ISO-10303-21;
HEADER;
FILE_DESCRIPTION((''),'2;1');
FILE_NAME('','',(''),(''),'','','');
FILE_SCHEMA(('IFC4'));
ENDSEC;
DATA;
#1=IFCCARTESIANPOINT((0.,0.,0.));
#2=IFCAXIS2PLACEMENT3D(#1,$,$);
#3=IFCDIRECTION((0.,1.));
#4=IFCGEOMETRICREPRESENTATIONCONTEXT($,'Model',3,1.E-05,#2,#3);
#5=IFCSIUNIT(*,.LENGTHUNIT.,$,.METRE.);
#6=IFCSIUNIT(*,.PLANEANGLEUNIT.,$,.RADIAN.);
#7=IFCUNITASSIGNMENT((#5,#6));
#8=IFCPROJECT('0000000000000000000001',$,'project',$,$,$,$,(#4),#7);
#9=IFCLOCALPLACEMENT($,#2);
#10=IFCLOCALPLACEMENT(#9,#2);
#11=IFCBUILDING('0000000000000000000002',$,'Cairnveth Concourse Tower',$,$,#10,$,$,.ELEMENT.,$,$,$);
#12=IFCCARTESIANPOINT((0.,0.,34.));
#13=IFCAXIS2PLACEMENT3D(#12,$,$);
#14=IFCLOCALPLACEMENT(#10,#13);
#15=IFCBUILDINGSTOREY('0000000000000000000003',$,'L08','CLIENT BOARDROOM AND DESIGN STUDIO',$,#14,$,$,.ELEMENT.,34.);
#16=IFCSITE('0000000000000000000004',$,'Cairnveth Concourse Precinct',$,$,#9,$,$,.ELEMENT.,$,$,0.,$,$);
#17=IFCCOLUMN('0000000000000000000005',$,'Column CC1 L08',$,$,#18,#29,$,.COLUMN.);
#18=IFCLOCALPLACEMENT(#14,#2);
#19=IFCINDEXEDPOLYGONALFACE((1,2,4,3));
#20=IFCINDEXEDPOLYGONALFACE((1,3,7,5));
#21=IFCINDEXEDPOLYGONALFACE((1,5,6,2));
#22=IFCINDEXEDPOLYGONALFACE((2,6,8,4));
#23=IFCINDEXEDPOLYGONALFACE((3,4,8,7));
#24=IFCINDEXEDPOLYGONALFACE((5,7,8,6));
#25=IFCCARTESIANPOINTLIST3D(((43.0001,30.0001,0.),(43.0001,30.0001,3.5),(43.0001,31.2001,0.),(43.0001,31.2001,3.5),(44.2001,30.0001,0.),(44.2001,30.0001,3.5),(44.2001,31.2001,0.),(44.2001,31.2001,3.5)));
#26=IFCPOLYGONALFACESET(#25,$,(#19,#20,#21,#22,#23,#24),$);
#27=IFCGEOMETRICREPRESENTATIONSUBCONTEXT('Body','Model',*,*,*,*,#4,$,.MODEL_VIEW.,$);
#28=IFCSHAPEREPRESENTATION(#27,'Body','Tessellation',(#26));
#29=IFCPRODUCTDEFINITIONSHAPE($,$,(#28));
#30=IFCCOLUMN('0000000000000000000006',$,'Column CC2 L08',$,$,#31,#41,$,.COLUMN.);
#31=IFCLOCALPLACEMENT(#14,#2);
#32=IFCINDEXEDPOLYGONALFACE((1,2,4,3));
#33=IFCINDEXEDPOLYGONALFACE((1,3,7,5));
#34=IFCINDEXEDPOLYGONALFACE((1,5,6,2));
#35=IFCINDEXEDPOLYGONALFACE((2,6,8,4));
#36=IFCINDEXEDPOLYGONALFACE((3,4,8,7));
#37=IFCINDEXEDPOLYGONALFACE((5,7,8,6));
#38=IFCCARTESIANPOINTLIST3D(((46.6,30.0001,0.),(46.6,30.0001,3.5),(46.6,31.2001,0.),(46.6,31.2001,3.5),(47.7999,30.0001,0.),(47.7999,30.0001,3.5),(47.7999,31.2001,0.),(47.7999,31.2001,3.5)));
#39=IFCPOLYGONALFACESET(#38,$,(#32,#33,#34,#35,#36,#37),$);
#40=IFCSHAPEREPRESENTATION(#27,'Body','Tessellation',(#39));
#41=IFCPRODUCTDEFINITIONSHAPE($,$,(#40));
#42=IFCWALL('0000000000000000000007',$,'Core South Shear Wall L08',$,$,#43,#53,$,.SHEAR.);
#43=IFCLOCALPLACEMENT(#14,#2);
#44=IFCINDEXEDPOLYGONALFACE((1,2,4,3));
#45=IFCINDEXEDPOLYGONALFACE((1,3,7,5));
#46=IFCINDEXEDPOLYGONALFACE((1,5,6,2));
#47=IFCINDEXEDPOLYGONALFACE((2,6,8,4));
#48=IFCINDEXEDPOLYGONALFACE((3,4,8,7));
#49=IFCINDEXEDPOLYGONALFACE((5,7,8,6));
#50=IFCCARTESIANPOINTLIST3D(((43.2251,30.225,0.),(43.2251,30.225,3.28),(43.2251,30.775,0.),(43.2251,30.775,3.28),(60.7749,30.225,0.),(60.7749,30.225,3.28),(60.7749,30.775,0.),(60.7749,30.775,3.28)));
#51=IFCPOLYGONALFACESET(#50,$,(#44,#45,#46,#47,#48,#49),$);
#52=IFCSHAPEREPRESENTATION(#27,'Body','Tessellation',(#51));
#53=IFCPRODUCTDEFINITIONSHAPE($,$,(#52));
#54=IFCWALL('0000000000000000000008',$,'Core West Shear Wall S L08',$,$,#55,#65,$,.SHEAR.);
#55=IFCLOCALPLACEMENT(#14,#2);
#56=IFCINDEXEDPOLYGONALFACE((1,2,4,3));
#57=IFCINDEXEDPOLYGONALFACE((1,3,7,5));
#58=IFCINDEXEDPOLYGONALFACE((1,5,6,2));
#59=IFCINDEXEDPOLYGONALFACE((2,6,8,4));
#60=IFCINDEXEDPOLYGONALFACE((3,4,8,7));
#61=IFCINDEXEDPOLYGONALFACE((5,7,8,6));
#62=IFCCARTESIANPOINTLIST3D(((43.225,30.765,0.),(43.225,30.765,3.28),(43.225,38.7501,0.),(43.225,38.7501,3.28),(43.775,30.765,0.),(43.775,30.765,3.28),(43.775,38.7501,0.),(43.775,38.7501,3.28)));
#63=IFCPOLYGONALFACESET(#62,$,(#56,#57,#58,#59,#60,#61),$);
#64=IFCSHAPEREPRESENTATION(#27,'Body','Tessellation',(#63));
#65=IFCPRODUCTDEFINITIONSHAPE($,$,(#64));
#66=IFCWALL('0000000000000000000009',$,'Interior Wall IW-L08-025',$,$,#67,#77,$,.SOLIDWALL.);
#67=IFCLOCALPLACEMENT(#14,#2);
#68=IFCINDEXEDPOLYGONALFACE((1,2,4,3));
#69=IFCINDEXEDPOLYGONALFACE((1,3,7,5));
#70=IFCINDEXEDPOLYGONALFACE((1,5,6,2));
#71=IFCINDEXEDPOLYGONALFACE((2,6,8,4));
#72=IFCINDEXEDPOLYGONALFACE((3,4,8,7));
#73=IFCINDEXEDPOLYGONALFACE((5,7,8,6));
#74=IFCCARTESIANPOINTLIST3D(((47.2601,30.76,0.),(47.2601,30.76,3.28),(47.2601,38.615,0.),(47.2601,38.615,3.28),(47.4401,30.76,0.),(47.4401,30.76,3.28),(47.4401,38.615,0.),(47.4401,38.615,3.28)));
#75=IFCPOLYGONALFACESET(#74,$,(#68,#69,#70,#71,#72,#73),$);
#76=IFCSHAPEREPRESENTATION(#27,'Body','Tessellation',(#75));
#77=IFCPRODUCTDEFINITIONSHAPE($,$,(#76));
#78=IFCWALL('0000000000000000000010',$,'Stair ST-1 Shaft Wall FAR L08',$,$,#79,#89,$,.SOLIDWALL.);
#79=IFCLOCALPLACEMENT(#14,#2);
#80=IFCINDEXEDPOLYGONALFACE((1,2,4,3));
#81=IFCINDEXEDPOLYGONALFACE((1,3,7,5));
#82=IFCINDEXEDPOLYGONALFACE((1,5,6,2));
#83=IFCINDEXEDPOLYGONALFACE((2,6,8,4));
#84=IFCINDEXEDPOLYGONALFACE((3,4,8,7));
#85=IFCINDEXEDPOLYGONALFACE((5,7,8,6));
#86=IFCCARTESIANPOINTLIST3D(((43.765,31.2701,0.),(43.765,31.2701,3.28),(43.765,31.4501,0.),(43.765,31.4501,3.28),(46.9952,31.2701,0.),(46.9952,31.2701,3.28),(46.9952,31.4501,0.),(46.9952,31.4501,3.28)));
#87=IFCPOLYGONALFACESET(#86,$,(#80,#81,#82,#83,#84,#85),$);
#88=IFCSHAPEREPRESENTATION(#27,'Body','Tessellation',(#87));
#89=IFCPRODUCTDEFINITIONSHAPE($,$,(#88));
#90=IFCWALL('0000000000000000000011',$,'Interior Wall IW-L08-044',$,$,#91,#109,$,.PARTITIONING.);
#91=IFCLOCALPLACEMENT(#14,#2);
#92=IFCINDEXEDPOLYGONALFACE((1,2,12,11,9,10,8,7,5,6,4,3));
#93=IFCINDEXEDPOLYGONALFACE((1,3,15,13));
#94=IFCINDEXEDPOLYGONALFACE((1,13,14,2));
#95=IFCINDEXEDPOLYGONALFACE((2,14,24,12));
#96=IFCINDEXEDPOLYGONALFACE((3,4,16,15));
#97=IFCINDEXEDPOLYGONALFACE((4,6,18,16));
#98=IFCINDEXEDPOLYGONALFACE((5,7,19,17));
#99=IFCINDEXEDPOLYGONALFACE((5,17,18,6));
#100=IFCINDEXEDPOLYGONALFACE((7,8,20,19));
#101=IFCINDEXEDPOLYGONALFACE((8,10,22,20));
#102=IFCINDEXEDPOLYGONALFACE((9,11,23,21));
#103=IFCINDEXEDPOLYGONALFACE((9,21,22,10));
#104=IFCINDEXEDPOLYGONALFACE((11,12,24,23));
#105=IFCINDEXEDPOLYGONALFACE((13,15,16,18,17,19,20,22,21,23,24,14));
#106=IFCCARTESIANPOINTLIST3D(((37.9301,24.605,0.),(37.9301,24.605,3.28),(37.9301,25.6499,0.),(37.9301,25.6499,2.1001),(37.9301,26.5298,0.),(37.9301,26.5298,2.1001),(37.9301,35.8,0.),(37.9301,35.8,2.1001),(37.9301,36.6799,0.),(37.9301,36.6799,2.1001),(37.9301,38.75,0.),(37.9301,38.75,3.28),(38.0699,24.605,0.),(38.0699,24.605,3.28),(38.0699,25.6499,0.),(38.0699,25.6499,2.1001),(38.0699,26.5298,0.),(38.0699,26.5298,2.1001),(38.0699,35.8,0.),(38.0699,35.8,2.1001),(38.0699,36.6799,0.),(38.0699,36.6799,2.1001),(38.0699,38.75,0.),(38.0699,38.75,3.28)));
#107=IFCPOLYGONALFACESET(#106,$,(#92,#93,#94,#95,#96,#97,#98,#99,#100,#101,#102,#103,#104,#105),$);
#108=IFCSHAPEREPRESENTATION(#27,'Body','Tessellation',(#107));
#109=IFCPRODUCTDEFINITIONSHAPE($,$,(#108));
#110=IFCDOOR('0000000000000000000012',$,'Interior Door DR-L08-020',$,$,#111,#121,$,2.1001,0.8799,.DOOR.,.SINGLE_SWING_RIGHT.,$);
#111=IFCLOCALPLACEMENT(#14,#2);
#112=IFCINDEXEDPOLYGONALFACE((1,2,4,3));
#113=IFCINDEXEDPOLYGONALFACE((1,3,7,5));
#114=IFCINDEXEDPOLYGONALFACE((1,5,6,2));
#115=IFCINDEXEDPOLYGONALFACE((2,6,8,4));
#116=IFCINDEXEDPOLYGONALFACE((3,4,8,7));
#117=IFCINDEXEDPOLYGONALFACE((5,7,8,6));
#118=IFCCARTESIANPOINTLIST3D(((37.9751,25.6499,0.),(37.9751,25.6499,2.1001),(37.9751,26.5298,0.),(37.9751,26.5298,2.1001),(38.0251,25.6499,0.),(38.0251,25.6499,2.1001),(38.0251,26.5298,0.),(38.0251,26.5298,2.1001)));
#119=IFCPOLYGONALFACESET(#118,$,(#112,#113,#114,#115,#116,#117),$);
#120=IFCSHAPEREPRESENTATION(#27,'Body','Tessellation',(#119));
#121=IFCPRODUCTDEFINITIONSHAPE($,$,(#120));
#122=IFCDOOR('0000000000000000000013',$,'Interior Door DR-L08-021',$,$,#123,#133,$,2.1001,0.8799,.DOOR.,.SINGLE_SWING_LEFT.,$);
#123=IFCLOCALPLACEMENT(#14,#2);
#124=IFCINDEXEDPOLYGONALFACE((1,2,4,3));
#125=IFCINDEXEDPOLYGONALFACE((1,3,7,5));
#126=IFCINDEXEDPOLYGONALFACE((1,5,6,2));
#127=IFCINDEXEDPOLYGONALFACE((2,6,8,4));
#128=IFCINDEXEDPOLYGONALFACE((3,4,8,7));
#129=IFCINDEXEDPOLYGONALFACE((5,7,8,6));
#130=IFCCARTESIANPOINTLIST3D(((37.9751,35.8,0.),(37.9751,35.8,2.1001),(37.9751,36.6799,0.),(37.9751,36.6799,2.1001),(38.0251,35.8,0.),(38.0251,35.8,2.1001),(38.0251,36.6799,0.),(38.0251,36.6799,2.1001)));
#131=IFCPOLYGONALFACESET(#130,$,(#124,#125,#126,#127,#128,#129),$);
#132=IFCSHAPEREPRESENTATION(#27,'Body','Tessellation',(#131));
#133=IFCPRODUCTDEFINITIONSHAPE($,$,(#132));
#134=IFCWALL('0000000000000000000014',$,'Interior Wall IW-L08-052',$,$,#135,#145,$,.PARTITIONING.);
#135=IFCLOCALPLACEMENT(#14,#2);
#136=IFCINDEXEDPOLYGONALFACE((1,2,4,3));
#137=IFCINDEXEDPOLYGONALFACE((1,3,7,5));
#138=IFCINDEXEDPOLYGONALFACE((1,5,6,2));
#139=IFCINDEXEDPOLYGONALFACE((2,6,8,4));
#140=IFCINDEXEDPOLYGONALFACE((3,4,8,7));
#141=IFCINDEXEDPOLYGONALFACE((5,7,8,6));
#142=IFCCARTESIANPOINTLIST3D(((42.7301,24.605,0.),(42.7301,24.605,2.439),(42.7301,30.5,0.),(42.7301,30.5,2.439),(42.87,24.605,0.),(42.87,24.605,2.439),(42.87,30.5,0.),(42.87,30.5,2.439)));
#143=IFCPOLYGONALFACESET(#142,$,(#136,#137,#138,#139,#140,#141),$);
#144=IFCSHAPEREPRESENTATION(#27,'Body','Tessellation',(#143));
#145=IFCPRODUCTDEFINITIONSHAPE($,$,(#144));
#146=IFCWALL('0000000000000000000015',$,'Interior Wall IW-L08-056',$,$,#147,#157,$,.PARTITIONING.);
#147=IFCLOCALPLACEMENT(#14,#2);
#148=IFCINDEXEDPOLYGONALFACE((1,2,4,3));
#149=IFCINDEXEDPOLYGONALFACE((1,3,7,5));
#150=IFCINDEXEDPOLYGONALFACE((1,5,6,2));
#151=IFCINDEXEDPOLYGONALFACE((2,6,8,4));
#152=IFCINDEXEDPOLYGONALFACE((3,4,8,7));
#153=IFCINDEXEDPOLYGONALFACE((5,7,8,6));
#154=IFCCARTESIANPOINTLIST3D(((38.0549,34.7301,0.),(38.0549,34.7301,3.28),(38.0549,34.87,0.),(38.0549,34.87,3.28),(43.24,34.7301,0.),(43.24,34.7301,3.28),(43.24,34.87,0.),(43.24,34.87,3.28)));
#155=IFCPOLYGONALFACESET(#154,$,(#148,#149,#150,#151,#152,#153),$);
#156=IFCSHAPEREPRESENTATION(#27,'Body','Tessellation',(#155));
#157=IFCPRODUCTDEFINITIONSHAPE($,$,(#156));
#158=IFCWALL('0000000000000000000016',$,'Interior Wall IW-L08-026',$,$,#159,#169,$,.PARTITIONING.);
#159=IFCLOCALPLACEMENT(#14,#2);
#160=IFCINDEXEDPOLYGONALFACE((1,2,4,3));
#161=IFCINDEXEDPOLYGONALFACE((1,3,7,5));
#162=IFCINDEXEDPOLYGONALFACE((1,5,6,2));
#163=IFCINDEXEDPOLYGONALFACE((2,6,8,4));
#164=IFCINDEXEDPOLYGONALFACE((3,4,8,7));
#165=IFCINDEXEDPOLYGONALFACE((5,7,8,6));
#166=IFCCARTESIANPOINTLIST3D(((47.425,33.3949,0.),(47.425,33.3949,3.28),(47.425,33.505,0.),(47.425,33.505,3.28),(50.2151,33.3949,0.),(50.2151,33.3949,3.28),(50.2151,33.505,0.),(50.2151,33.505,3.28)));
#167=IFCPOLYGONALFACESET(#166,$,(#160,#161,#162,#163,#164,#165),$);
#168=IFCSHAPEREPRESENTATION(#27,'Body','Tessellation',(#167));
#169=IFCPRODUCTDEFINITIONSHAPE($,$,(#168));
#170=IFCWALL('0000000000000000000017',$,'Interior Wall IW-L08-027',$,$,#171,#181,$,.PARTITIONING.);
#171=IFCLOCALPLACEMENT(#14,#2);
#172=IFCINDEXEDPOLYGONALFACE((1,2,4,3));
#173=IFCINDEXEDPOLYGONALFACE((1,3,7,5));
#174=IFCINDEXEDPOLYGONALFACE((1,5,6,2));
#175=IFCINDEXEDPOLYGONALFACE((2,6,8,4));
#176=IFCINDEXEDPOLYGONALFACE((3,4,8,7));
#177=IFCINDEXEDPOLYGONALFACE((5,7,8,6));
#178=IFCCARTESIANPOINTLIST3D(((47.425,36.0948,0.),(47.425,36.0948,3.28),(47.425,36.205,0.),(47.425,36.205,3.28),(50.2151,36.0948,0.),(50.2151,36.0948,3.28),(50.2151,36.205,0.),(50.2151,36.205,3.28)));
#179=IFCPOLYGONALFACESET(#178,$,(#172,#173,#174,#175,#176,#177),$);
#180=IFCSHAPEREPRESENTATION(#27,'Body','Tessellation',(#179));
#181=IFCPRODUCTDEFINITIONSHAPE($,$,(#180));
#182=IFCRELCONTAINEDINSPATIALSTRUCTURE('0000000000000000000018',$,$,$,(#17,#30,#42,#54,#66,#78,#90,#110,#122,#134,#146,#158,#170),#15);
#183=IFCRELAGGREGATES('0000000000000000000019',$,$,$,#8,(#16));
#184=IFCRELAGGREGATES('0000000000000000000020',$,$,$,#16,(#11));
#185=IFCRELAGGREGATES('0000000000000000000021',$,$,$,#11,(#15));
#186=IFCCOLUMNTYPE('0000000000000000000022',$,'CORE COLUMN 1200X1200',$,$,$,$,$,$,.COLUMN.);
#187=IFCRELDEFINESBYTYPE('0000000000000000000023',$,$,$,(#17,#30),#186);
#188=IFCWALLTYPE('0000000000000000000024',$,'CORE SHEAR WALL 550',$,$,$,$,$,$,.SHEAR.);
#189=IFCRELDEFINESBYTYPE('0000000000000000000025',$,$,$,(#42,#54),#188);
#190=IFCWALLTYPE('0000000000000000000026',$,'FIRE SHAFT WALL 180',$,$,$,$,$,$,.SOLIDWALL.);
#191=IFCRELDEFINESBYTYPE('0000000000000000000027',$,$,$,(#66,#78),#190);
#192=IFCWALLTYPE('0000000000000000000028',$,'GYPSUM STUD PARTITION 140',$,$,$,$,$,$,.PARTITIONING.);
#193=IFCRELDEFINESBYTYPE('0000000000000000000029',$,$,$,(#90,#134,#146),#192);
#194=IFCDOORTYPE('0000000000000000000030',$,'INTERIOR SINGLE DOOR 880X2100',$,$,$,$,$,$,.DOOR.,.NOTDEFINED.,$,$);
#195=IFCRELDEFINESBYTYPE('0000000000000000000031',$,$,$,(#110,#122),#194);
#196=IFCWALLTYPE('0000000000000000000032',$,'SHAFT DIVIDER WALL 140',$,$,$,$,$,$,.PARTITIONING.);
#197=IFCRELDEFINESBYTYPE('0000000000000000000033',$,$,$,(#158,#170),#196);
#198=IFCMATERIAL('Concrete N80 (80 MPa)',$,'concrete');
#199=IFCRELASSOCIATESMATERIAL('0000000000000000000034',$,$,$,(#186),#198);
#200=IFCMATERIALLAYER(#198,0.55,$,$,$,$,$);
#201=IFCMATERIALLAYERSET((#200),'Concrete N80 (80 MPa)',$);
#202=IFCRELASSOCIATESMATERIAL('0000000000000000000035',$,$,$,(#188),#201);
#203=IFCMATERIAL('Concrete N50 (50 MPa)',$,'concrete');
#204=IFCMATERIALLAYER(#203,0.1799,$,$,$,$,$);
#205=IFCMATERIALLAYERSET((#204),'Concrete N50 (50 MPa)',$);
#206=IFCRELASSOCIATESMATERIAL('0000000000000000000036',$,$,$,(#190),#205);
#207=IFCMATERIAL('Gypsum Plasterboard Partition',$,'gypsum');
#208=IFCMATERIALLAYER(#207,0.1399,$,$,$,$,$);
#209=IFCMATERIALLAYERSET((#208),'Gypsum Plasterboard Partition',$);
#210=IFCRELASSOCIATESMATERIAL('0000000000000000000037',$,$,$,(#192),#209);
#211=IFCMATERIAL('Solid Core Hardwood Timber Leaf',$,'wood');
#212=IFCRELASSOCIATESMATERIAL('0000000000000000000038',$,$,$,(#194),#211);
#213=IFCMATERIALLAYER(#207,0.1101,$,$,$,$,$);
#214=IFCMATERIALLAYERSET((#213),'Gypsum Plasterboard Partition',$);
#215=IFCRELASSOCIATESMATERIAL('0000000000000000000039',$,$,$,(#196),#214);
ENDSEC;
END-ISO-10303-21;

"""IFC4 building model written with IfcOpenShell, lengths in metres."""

from ifc_helpers import new_model, si_unit, direction, frame, frame_2d, origin, origin_2d, place, context, subcontext, project, spatial, rectangle, extrude, material, layer, layer_set, material_profile, profile_set, type_object, element, fill, save


model = new_model("IFC4")

# Units and contexts
model_context = context("Model", 3, precision=1e-05, world=origin(), true_north=direction((0.0, 1.0)))
body_context = subcontext(model_context, "Body", "Model", "MODEL_VIEW")
ifc_project = project(units=[si_unit("LENGTHUNIT", "METRE"), si_unit("PLANEANGLEUNIT", "RADIAN")], contexts=[model_context])

# Site, building, storey
site_placement = place(None, origin())
site = spatial("IfcSite", under=ifc_project, at=site_placement, Name="Cairnveth Concourse Precinct", CompositionType="ELEMENT", RefElevation=0.0)
building_placement = place(site_placement, origin())
building = spatial("IfcBuilding", under=site, at=building_placement, Name="Cairnveth Concourse Tower", CompositionType="ELEMENT")
storey_placement = place(building_placement, frame((0.0, 0.0, 34.0)))
storey = spatial("IfcBuildingStorey", under=building, at=storey_placement, Name="L08", Description="CLIENT BOARDROOM AND DESIGN STUDIO", CompositionType="ELEMENT", Elevation=34.0)

# Columns
ifc_material_1 = material(Name="Concrete N80 (80 MPa)", Category="concrete")
ifc_material_profile = material_profile(ifc_material_1, rectangle(XDim=1.2, YDim=1.2, at=origin_2d()), Name="RC-COL-1200x1200")
ifc_profile_set = profile_set([ifc_material_profile], Name="Concrete N80 (80 MPa)")
column_type = type_object("IfcColumnType", Name="CORE COLUMN 1200X1200", PredefinedType="COLUMN", material=ifc_profile_set)
for number, where, z_axis, x_axis, name in (
    (1, (43.6001, 30.6001, 0.0), (0.0, 0.0, 1.0), (1.0, 0.0, 0.0), "Column CC1 L08"),
    (2, (47.2, 30.6001, 0.0), (0.0, 0.0, 1.0), (1.0, 0.0, 0.0), "Column CC2 L08"),
):
    element("IfcColumn", number, at=place(storey_placement, frame(where, z_axis=z_axis, x_axis=x_axis)), inside=storey, type_object=column_type, Name=name, PredefinedType="COLUMN", context=body_context, shape_type="SweptSolid", body=[
        extrude(rectangle(XDim=1.2, YDim=1.2, at=origin_2d()), origin(), (0.0, 0.0, 1.0), 3.5),
    ])

# Walls
ifc_layer_1 = layer(ifc_material_1, 0.55)
ifc_layer_set_1 = layer_set([ifc_layer_1], Name="Concrete N80 (80 MPa)")
wall_type_1 = type_object("IfcWallType", Name="CORE SHEAR WALL 550", PredefinedType="SHEAR", material=ifc_layer_set_1)
wall_1_placement = place(storey_placement, frame((43.2251, 30.5, 0.0), z_axis=(0.0, 0.0, 1.0), x_axis=(1.0, 0.0, 0.0)))
element("IfcWall", 3, at=wall_1_placement, inside=storey, type_object=wall_type_1, Name="Core South Shear Wall L08", PredefinedType="SHEAR", context=body_context, shape_type="SweptSolid", body=[
    extrude(rectangle(XDim=17.5498, YDim=0.55, at=frame_2d((8.7749, 0.0))), origin(), (0.0, 0.0, 1.0), 3.28),
])
wall_2_placement = place(storey_placement, frame((43.5, 30.7649, 0.0), z_axis=(0.0, 0.0, 1.0), x_axis=(0.0, 1.0, 0.0)))
element("IfcWall", 4, at=wall_2_placement, inside=storey, type_object=wall_type_1, Name="Core West Shear Wall S L08", PredefinedType="SHEAR", context=body_context, shape_type="SweptSolid", body=[
    extrude(rectangle(XDim=7.9851, YDim=0.55, at=frame_2d((3.9927, 0.0))), origin(), (0.0, 0.0, 1.0), 3.28),
])
ifc_material_2 = material(Name="Concrete N50 (50 MPa)", Category="concrete")
ifc_layer_2 = layer(ifc_material_2, 0.1799)
ifc_layer_set_2 = layer_set([ifc_layer_2], Name="Concrete N50 (50 MPa)")
wall_type_2 = type_object("IfcWallType", Name="FIRE SHAFT WALL 180", PredefinedType="SOLIDWALL", material=ifc_layer_set_2)
wall_3_placement = place(storey_placement, frame((47.3501, 30.76, 0.0), z_axis=(0.0, 0.0, 1.0), x_axis=(0.0, 1.0, 0.0)))
element("IfcWall", 5, at=wall_3_placement, inside=storey, type_object=wall_type_2, Name="Interior Wall IW-L08-025", PredefinedType="SOLIDWALL", context=body_context, shape_type="SweptSolid", body=[
    extrude(rectangle(XDim=7.855, YDim=0.1799, at=frame_2d((3.9275, 0.0))), origin(), (0.0, 0.0, 1.0), 3.28),
])
wall_4_placement = place(storey_placement, frame((43.7649, 31.3601, 0.0), z_axis=(0.0, 0.0, 1.0), x_axis=(1.0, 0.0, 0.0)))
element("IfcWall", 6, at=wall_4_placement, inside=storey, type_object=wall_type_2, Name="Stair ST-1 Shaft Wall FAR L08", PredefinedType="SOLIDWALL", context=body_context, shape_type="SweptSolid", body=[
    extrude(rectangle(XDim=3.2302, YDim=0.1799, at=frame_2d((1.6152, 0.0))), origin(), (0.0, 0.0, 1.0), 3.28),
])

# Wall, openings, doors
ifc_material_3 = material(Name="Gypsum Plasterboard Partition", Category="gypsum")
ifc_layer_3 = layer(ifc_material_3, 0.1399)
ifc_layer_set_3 = layer_set([ifc_layer_3], Name="Gypsum Plasterboard Partition")
wall_type_3 = type_object("IfcWallType", Name="GYPSUM STUD PARTITION 140", PredefinedType="PARTITIONING", material=ifc_layer_set_3)
wall_5_placement = place(storey_placement, frame((38.0, 24.605, 0.0), z_axis=(0.0, 0.0, 1.0), x_axis=(0.0, 1.0, 0.0)))
wall_5 = element("IfcWall", 7, at=wall_5_placement, inside=storey, type_object=wall_type_3, Name="Interior Wall IW-L08-044", PredefinedType="PARTITIONING", context=body_context, shape_type="SweptSolid", body=[
    extrude(rectangle(XDim=14.145, YDim=0.1399, at=frame_2d((7.0725, 0.0))), origin(), (0.0, 0.0, 1.0), 3.28),
])
opening_1_placement = place(wall_5_placement, frame((1.0449, 0.0, 0.0)))
opening_1 = element("IfcOpeningElement", 8, at=opening_1_placement, cuts=wall_5, PredefinedType="OPENING", context=body_context, shape_type="SweptSolid", body=[
    extrude(rectangle(XDim=0.8799, YDim=2.1001, at=frame_2d((0.4399, 1.05))), frame((0.0, 0.0798, 0.0), z_axis=(0.0, -1.0, 0.0), x_axis=(1.0, 0.0, 0.0)), (0.0, 0.0, 1.0), 0.1599),
])
opening_2_placement = place(wall_5_placement, frame((11.1951, 0.0, 0.0)))
opening_2 = element("IfcOpeningElement", 9, at=opening_2_placement, cuts=wall_5, PredefinedType="OPENING", context=body_context, shape_type="SweptSolid", body=[
    extrude(rectangle(XDim=0.8799, YDim=2.1001, at=frame_2d((0.4399, 1.05))), frame((0.0, 0.0798, 0.0), z_axis=(0.0, -1.0, 0.0), x_axis=(1.0, 0.0, 0.0)), (0.0, 0.0, 1.0), 0.1599),
])
ifc_material_4 = material(Name="Solid Core Hardwood Timber Leaf", Category="wood")
door_type = type_object("IfcDoorType", Name="INTERIOR SINGLE DOOR 880X2100", OperationType="NOTDEFINED", PredefinedType="DOOR", material=ifc_material_4)
door_1_placement = place(opening_1_placement, origin())
door_1 = element("IfcDoor", 10, at=door_1_placement, inside=storey, type_object=door_type, Name="Interior Door DR-L08-020", OperationType="SINGLE_SWING_RIGHT", OverallHeight=2.1001, OverallWidth=0.8799, PredefinedType="DOOR", context=body_context, shape_type="SweptSolid", body=[
    extrude(rectangle(XDim=0.8799, YDim=2.1001, at=frame_2d((0.4399, 1.05))), frame((0.0, 0.0249, 0.0), z_axis=(0.0, -1.0, 0.0), x_axis=(1.0, 0.0, 0.0)), (0.0, 0.0, 1.0), 0.05),
])
fill(opening_1, door_1)
door_2_placement = place(opening_2_placement, origin())
door_2 = element("IfcDoor", 11, at=door_2_placement, inside=storey, type_object=door_type, Name="Interior Door DR-L08-021", OperationType="SINGLE_SWING_LEFT", OverallHeight=2.1001, OverallWidth=0.8799, PredefinedType="DOOR", context=body_context, shape_type="SweptSolid", body=[
    extrude(rectangle(XDim=0.8799, YDim=2.1001, at=frame_2d((0.4399, 1.05))), frame((0.0, 0.0249, 0.0), z_axis=(0.0, -1.0, 0.0), x_axis=(1.0, 0.0, 0.0)), (0.0, 0.0, 1.0), 0.05),
])
fill(opening_2, door_2)

# Walls
wall_6_placement = place(storey_placement, frame((42.8, 24.605, 0.0), z_axis=(0.0, 0.0, 1.0), x_axis=(0.0, 1.0, 0.0)))
element("IfcWall", 12, at=wall_6_placement, inside=storey, type_object=wall_type_3, Name="Interior Wall IW-L08-052", PredefinedType="PARTITIONING", context=body_context, shape_type="SweptSolid", body=[
    extrude(rectangle(XDim=5.895, YDim=0.1399, at=frame_2d((2.9475, 0.0))), origin(), (0.0, 0.0, 1.0), 2.439),
])
wall_7_placement = place(storey_placement, frame((38.0549, 34.8, 0.0), z_axis=(0.0, 0.0, 1.0), x_axis=(1.0, 0.0, 0.0)))
element("IfcWall", 13, at=wall_7_placement, inside=storey, type_object=wall_type_3, Name="Interior Wall IW-L08-056", PredefinedType="PARTITIONING", context=body_context, shape_type="SweptSolid", body=[
    extrude(rectangle(XDim=5.1851, YDim=0.1399, at=frame_2d((2.5925, 0.0))), origin(), (0.0, 0.0, 1.0), 3.28),
])
ifc_layer_4 = layer(ifc_material_3, 0.1101)
ifc_layer_set_4 = layer_set([ifc_layer_4], Name="Gypsum Plasterboard Partition")
wall_type_4 = type_object("IfcWallType", Name="SHAFT DIVIDER WALL 140", PredefinedType="PARTITIONING", material=ifc_layer_set_4)
for number, where, z_axis, x_axis, name in (
    (14, (47.425, 33.45, 0.0), (0.0, 0.0, 1.0), (1.0, 0.0, 0.0), "Interior Wall IW-L08-026"),
    (15, (47.425, 36.1499, 0.0), (0.0, 0.0, 1.0), (1.0, 0.0, 0.0), "Interior Wall IW-L08-027"),
):
    element("IfcWall", number, at=place(storey_placement, frame(where, z_axis=z_axis, x_axis=x_axis)), inside=storey, type_object=wall_type_4, Name=name, PredefinedType="PARTITIONING", context=body_context, shape_type="SweptSolid", body=[
        extrude(rectangle(XDim=2.79, YDim=0.1101, at=frame_2d((1.395, 0.0))), origin(), (0.0, 0.0, 1.0), 3.28),
    ])

save(model, "model.ifc")
